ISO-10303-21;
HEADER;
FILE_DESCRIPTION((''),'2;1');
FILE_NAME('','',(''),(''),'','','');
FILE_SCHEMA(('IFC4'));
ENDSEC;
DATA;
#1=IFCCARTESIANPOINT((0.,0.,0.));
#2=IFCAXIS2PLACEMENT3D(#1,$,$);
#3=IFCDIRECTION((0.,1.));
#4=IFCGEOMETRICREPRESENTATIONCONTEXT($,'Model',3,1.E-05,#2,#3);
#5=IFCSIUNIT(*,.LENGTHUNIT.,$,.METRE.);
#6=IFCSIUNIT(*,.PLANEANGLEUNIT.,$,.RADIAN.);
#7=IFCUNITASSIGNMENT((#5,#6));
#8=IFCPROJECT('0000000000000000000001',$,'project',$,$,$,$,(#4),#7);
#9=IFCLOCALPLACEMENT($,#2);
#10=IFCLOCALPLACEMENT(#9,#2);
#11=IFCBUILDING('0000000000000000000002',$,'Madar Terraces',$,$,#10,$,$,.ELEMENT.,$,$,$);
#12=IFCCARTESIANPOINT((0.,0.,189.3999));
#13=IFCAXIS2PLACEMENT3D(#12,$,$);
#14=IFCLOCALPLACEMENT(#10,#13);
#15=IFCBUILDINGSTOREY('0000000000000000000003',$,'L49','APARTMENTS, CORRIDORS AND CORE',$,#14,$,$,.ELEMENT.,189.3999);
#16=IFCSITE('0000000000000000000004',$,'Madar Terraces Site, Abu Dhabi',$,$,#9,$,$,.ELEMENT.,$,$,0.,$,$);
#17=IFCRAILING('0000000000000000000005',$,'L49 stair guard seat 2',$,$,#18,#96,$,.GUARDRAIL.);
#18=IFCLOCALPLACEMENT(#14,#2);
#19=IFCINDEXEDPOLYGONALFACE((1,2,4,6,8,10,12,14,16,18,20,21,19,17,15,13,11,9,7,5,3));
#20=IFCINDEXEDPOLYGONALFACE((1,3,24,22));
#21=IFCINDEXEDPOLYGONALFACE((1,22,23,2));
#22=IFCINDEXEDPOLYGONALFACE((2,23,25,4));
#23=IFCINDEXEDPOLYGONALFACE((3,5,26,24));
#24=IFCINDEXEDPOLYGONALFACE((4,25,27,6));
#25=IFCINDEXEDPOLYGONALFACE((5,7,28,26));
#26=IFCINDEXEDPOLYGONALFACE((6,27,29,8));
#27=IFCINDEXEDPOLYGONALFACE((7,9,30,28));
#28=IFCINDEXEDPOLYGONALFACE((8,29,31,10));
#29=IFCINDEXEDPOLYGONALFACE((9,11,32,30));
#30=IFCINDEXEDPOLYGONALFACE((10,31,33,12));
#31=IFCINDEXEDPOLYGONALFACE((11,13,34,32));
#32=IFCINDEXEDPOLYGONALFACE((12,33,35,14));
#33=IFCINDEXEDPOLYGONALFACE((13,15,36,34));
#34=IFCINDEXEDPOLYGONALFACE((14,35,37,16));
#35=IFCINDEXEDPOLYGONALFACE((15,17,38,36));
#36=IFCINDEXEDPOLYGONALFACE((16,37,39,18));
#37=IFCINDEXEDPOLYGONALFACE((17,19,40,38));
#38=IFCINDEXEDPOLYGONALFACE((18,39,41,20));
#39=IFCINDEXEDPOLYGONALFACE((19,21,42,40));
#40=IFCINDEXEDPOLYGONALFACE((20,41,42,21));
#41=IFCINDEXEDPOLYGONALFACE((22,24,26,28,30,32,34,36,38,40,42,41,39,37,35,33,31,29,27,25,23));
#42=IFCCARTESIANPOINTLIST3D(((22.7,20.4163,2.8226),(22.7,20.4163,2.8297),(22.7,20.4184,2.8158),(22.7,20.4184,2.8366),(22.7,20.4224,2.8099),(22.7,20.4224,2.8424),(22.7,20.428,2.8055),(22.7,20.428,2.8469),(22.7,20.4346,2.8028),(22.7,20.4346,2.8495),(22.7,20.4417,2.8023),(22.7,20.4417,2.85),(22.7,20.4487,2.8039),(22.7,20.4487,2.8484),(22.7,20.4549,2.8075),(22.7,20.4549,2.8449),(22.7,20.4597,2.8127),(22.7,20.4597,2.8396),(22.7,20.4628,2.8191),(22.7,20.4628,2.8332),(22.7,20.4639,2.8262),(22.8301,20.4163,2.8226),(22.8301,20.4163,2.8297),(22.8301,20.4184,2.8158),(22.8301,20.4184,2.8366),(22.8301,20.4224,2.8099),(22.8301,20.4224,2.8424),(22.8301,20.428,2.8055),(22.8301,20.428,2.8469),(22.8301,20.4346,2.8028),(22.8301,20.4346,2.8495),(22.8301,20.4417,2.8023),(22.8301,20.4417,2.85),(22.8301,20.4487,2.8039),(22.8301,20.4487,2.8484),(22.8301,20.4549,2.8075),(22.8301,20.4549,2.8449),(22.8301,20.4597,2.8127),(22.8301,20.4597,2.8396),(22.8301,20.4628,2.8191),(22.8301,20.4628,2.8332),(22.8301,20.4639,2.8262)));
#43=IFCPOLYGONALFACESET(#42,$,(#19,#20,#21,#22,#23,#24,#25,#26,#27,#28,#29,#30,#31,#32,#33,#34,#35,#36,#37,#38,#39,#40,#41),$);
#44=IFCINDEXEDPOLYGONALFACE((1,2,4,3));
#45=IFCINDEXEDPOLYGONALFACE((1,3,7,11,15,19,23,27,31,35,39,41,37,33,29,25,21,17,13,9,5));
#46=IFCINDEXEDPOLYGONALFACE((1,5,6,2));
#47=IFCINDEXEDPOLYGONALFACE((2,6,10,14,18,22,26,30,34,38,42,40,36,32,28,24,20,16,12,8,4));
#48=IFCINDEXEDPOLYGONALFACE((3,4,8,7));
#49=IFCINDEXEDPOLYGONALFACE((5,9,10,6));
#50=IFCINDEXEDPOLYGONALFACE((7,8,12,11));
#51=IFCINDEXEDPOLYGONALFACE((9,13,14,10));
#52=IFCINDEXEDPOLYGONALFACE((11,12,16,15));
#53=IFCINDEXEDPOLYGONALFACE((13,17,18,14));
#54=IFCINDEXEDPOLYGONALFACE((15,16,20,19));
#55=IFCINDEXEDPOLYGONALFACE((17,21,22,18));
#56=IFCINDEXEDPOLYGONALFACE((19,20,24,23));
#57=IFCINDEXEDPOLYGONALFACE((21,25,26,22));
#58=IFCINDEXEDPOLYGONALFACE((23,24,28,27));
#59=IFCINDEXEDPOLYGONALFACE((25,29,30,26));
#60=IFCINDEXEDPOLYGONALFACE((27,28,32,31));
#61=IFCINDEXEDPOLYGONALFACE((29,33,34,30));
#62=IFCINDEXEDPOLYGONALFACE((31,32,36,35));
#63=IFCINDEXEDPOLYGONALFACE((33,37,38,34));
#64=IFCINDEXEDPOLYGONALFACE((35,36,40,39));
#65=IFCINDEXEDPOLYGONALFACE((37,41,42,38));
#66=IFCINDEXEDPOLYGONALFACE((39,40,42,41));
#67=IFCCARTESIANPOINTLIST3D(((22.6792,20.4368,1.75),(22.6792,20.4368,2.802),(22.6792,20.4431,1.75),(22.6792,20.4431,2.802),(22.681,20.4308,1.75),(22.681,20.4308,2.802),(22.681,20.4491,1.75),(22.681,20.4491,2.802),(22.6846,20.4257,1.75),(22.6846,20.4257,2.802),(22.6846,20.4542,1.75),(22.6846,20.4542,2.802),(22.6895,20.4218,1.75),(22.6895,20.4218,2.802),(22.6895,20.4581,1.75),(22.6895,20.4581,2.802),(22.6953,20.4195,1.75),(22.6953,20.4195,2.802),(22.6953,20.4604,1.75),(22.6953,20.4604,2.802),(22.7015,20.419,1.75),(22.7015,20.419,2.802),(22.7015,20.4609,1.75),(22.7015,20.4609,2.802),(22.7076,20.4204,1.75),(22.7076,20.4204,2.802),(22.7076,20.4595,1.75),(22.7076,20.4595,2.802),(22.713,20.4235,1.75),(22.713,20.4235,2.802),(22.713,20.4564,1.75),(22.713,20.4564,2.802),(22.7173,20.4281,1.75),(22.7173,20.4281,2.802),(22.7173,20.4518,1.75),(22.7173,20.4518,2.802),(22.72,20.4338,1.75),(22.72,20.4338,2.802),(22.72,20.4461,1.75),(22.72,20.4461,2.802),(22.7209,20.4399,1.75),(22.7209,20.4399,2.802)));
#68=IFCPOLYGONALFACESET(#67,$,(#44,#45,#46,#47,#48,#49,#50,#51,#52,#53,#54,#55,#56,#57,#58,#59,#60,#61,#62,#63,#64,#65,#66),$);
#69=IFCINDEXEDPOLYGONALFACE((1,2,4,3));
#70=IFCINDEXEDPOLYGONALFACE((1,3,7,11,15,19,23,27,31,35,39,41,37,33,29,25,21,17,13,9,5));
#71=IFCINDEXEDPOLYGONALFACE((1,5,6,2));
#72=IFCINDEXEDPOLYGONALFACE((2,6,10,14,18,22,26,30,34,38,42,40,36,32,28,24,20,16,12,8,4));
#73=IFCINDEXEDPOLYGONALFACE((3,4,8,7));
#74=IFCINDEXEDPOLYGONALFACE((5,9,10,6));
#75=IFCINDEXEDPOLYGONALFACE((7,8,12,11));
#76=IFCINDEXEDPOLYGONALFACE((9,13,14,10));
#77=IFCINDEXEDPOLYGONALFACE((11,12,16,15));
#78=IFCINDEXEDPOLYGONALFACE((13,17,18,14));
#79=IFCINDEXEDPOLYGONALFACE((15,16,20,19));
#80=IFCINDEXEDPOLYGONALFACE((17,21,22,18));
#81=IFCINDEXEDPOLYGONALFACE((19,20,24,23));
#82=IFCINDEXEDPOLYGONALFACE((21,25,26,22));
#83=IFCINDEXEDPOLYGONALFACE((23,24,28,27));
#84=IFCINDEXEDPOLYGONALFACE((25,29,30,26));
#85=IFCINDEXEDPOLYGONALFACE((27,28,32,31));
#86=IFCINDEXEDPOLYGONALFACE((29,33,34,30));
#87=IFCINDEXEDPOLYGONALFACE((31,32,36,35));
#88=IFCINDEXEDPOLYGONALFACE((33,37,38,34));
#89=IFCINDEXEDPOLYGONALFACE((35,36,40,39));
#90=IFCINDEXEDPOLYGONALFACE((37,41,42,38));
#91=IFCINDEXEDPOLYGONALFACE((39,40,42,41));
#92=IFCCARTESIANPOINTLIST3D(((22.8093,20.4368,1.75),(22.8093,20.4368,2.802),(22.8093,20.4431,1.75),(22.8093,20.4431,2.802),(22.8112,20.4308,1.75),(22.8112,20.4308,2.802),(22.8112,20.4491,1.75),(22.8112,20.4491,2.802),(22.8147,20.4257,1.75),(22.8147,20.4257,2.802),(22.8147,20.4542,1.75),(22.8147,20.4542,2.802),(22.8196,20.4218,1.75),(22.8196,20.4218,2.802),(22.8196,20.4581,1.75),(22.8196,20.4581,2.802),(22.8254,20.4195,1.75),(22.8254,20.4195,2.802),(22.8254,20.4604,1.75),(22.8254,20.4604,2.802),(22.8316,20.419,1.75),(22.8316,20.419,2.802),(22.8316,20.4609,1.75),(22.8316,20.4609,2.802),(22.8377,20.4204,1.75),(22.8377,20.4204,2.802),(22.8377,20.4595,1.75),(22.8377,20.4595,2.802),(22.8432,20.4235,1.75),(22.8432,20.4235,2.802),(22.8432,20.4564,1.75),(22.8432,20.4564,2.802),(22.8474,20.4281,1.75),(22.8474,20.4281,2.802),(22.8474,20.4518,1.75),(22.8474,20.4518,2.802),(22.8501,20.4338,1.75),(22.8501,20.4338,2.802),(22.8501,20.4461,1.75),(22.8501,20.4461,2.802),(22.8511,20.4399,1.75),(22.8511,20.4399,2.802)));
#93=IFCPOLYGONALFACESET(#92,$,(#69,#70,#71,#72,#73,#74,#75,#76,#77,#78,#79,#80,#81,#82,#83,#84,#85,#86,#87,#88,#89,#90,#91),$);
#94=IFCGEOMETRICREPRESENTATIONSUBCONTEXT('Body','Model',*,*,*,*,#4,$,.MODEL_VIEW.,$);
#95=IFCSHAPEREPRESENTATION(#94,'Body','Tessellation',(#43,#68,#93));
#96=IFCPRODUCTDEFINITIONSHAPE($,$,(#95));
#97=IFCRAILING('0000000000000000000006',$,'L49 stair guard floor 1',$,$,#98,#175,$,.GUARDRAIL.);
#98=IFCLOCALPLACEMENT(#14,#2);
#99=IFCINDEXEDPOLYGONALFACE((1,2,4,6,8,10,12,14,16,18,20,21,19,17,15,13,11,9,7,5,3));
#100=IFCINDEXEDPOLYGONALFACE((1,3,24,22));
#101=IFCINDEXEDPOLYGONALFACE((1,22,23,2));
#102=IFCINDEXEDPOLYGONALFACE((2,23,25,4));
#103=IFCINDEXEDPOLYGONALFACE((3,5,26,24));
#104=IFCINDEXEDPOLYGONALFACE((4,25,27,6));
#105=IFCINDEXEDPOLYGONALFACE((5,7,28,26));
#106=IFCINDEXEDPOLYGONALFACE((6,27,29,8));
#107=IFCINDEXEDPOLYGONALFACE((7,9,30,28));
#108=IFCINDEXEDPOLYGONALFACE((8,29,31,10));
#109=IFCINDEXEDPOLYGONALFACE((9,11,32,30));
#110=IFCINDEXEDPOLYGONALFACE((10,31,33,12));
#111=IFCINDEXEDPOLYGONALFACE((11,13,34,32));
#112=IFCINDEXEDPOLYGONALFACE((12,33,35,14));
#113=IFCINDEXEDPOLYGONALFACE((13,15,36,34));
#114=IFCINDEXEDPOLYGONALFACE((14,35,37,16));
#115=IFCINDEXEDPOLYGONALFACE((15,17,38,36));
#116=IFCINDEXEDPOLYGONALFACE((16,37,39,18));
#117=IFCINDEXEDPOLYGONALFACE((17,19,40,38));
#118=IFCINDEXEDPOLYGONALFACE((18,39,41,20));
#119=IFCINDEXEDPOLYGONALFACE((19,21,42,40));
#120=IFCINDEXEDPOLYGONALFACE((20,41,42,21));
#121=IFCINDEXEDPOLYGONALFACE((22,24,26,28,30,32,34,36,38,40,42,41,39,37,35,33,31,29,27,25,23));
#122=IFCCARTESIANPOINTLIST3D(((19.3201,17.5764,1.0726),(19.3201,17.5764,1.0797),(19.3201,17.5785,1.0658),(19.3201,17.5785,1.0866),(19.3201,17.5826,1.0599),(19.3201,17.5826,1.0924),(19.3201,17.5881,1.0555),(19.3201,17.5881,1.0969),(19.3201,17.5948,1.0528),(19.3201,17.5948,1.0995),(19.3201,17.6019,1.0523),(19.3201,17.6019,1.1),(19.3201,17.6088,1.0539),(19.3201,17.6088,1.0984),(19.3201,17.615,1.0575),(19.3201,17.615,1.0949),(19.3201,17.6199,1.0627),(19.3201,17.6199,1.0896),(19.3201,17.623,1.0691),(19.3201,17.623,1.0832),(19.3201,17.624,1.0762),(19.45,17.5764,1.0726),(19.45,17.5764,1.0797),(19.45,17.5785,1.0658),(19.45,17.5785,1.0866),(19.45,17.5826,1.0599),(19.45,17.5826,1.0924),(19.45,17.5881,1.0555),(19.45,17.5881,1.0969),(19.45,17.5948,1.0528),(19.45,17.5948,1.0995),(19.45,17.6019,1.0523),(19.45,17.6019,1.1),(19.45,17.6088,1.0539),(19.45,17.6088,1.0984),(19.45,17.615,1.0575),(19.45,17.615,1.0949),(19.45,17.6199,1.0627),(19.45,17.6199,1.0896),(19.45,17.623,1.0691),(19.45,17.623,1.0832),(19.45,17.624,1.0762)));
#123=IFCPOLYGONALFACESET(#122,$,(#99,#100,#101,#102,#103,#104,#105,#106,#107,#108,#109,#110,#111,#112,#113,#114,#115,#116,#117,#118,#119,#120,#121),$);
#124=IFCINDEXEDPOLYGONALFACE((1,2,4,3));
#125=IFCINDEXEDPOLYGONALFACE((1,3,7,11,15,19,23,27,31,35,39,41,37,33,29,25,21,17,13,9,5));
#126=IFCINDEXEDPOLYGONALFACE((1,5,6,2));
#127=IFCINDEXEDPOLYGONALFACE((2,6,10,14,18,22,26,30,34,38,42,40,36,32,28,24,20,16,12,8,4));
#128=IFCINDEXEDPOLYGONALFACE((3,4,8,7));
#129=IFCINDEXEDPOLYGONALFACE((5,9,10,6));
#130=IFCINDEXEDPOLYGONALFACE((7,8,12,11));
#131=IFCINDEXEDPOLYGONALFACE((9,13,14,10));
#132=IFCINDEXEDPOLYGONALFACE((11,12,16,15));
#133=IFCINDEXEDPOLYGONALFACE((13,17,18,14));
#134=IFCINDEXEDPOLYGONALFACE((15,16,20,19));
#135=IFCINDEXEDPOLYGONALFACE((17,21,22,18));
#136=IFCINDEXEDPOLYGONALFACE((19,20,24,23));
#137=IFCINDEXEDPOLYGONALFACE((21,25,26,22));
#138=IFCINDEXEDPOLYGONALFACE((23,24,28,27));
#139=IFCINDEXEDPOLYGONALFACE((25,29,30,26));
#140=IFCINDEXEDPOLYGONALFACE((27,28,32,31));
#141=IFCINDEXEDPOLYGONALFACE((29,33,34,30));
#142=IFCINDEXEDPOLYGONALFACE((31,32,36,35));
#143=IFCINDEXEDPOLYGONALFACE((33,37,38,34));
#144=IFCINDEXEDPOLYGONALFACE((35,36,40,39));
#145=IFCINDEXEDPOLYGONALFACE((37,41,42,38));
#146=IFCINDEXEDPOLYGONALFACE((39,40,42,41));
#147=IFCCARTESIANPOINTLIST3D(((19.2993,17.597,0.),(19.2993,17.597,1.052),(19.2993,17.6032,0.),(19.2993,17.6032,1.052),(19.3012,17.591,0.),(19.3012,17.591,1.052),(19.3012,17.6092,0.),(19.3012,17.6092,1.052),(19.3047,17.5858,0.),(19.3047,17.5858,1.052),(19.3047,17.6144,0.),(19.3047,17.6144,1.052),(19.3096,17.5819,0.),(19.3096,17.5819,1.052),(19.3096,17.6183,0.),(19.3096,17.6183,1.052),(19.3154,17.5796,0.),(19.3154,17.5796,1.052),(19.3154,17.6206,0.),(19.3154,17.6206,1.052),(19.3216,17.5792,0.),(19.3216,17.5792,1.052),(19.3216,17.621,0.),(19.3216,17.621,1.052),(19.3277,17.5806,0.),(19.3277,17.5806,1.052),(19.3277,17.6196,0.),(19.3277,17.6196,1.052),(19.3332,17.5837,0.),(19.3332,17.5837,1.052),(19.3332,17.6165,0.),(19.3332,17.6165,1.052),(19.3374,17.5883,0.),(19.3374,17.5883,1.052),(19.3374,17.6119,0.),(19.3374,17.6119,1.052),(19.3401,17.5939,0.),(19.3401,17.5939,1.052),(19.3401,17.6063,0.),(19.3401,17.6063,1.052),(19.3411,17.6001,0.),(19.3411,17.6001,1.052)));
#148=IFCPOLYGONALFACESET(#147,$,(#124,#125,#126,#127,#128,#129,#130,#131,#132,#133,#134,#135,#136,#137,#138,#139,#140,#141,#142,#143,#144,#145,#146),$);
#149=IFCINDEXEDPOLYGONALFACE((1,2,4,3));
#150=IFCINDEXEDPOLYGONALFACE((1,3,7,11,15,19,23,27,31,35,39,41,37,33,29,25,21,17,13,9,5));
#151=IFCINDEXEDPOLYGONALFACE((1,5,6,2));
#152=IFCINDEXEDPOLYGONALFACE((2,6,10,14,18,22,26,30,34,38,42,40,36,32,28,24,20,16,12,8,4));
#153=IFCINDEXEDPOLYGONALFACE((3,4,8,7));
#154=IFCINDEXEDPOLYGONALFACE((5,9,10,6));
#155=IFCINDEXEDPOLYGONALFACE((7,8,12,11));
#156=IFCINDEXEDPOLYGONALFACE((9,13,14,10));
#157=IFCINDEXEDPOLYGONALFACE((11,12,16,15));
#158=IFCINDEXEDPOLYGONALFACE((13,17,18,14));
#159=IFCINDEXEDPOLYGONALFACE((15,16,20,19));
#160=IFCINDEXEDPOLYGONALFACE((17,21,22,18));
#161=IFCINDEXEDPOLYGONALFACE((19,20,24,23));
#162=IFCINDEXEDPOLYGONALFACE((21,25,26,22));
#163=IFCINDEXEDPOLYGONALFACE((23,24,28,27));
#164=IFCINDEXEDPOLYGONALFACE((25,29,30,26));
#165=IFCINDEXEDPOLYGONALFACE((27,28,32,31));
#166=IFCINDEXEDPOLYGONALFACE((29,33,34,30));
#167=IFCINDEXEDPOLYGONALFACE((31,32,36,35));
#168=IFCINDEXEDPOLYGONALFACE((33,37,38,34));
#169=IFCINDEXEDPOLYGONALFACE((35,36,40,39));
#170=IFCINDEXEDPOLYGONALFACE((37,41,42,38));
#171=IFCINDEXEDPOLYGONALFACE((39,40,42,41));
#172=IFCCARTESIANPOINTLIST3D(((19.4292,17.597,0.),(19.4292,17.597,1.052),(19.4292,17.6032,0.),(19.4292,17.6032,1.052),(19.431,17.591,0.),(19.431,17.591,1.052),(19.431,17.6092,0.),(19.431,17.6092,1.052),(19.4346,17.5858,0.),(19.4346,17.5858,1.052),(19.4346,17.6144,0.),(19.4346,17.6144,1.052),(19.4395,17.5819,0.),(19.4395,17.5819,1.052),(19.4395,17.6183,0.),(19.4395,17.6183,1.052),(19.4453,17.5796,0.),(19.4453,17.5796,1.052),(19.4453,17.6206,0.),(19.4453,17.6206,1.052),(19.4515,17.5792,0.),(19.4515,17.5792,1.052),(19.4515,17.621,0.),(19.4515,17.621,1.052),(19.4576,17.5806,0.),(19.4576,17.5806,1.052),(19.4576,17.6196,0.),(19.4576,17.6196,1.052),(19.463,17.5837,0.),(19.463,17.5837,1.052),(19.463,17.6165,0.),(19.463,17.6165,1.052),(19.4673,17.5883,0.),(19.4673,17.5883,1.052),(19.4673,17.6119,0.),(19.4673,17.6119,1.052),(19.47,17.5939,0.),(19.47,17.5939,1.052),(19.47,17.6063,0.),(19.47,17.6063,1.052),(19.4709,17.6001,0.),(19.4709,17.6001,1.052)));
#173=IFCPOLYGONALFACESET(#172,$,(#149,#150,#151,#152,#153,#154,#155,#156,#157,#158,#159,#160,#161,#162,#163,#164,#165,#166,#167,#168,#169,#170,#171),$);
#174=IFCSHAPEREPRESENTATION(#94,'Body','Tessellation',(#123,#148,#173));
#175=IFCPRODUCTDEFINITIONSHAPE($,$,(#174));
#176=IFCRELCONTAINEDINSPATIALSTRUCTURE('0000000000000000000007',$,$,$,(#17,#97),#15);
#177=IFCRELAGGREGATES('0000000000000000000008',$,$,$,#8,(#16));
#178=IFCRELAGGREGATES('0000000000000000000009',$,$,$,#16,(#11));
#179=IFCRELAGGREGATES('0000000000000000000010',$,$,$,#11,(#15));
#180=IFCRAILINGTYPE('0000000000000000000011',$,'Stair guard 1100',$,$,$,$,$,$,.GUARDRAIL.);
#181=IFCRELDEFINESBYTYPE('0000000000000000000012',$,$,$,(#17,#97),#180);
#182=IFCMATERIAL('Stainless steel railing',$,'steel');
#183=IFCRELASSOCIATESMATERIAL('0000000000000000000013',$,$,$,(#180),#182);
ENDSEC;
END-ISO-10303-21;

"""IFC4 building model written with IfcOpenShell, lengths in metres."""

from ifc_helpers import new_model, si_unit, direction, frame, origin, origin_2d, place, context, subcontext, project, spatial, circle, extrude, material, type_object, element, save


model = new_model("IFC4")

# Units and contexts
model_context = context("Model", 3, precision=1e-05, world=origin(), true_north=direction((0.0, 1.0)))
body_context = subcontext(model_context, "Body", "Model", "MODEL_VIEW")
ifc_project = project(units=[si_unit("LENGTHUNIT", "METRE"), si_unit("PLANEANGLEUNIT", "RADIAN")], contexts=[model_context])

# Site, building, storey
site_placement = place(None, origin())
site = spatial("IfcSite", under=ifc_project, at=site_placement, Name="Madar Terraces Site, Abu Dhabi", CompositionType="ELEMENT", RefElevation=0.0)
building_placement = place(site_placement, origin())
building = spatial("IfcBuilding", under=site, at=building_placement, Name="Madar Terraces", CompositionType="ELEMENT")
storey_placement = place(building_placement, frame((0.0, 0.0, 189.3999)))
storey = spatial("IfcBuildingStorey", under=building, at=storey_placement, Name="L49", Description="APARTMENTS, CORRIDORS AND CORE", CompositionType="ELEMENT", Elevation=189.3999)

# Railings
ifc_material_1 = material(Name="Stainless steel railing", Category="steel")
railing_type_1 = type_object("IfcRailingType", Name="Stair guard 1100", PredefinedType="GUARDRAIL", material=ifc_material_1)
railing_1_placement = place(storey_placement, frame((22.7, 20.4399, 1.75)))
element("IfcRailing", 1, at=railing_1_placement, inside=storey, type_object=railing_type_1, Name="L49 stair guard seat 2", PredefinedType="GUARDRAIL", context=body_context, shape_type="SweptSolid", body=[
    extrude(circle(Radius=0.0239, at=origin_2d()), frame((0.0, 0.0, 1.0762), z_axis=(1.0, 0.0, 0.0), x_axis=(0.0, 1.0, 0.0)), (0.0, 0.0, 1.0), 0.1301),
    extrude(circle(Radius=0.021, at=origin_2d()), origin(), (0.0, 0.0, 1.0), 1.052),
    extrude(circle(Radius=0.021, at=origin_2d()), frame((0.1301, 0.0, 0.0)), (0.0, 0.0, 1.0), 1.052),
])
railing_2_placement = place(storey_placement, frame((19.3201, 17.6001, 0.0)))
element("IfcRailing", 2, at=railing_2_placement, inside=storey, type_object=railing_type_1, Name="L49 stair guard floor 1", PredefinedType="GUARDRAIL", context=body_context, shape_type="SweptSolid", body=[
    extrude(circle(Radius=0.0239, at=origin_2d()), frame((0.0, 0.0, 1.0762), z_axis=(1.0, 0.0, 0.0), x_axis=(0.0, 1.0, 0.0)), (0.0, 0.0, 1.0), 0.1299),
    extrude(circle(Radius=0.021, at=origin_2d()), origin(), (0.0, 0.0, 1.0), 1.052),
    extrude(circle(Radius=0.021, at=origin_2d()), frame((0.1299, 0.0, 0.0)), (0.0, 0.0, 1.0), 1.052),
])

save(model, "model.ifc")
